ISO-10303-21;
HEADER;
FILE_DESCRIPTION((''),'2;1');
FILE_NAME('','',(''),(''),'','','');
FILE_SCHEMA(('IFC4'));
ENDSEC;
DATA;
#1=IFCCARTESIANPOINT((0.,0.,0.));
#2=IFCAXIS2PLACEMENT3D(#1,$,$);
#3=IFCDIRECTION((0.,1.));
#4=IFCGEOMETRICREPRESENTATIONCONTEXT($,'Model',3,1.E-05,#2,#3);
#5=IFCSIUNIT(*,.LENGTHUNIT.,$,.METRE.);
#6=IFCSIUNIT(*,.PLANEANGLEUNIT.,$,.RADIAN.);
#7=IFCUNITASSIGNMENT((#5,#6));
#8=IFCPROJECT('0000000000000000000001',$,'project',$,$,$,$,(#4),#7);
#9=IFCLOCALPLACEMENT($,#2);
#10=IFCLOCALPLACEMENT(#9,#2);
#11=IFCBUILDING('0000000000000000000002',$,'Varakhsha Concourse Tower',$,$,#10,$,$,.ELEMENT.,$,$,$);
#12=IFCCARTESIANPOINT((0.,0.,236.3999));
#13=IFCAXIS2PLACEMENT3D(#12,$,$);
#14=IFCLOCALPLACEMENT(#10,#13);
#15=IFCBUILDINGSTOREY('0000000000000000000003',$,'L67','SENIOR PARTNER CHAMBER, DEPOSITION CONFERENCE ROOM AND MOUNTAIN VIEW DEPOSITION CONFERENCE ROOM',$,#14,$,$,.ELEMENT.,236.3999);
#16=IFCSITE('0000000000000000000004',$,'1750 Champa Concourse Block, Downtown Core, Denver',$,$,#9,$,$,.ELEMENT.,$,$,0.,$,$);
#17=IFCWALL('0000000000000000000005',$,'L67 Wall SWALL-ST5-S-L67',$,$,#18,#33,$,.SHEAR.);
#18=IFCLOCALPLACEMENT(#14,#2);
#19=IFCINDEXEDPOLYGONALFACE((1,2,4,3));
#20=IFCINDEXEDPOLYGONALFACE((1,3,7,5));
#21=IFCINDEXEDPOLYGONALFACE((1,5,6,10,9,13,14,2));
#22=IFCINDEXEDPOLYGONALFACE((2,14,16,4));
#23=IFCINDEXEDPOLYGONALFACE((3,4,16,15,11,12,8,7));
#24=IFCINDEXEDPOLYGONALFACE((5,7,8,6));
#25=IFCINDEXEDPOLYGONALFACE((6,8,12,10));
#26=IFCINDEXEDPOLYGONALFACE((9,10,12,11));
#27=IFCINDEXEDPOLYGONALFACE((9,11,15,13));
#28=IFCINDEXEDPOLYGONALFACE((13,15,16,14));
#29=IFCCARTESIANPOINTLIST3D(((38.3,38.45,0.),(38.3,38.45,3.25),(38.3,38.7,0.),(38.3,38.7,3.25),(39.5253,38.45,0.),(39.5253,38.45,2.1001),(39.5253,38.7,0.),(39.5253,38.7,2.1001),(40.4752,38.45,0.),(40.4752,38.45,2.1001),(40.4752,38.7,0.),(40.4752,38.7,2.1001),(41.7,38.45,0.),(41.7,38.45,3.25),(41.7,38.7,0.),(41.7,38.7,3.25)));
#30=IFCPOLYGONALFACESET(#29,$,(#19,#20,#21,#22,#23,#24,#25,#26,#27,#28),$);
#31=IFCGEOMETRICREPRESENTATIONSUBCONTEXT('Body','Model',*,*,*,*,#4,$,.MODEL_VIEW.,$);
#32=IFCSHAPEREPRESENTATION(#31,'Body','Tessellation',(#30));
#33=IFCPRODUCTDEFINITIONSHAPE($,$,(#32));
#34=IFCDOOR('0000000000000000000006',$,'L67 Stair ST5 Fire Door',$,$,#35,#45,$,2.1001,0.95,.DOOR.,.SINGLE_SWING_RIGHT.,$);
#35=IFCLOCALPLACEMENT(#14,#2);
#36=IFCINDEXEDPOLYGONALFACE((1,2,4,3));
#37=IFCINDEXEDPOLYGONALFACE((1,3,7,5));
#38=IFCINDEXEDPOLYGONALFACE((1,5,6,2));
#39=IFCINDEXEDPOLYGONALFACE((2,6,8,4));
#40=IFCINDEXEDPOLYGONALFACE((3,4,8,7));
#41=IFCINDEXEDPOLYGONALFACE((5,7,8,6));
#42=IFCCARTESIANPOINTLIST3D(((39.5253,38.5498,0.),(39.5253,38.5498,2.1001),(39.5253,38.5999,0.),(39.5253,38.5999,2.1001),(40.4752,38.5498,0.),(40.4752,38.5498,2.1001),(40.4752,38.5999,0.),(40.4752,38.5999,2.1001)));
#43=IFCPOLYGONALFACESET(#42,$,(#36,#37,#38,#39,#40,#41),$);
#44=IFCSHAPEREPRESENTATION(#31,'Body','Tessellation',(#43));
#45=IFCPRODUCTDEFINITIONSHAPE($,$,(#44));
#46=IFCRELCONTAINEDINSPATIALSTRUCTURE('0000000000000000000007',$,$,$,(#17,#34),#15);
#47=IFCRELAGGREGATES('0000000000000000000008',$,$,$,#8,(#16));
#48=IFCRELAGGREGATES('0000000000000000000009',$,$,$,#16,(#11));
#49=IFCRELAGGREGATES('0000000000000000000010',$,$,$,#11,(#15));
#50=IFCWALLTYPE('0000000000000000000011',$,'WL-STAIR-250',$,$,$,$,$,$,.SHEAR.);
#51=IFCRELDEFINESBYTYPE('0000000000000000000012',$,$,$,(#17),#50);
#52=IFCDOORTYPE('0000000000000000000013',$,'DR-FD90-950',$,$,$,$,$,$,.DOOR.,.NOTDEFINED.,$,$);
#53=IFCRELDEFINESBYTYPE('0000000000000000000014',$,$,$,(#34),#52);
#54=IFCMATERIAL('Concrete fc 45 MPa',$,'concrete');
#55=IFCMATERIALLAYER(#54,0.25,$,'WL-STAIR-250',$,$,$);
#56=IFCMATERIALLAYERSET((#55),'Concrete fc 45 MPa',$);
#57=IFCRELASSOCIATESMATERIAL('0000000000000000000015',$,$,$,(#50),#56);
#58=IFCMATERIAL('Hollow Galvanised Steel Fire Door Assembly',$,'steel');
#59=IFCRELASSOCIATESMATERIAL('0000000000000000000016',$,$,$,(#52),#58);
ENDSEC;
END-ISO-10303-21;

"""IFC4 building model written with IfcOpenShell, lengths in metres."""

from ifc_helpers import new_model, si_unit, direction, frame, frame_2d, origin, place, context, subcontext, project, spatial, rectangle, extrude, material, layer, layer_set, type_object, element, fill, save


model = new_model("IFC4")

# Units and contexts
model_context = context("Model", 3, precision=1e-05, world=origin(), true_north=direction((0.0, 1.0)))
body_context = subcontext(model_context, "Body", "Model", "MODEL_VIEW")
ifc_project = project(units=[si_unit("LENGTHUNIT", "METRE"), si_unit("PLANEANGLEUNIT", "RADIAN")], contexts=[model_context])

# Site, building, storey
site_placement = place(None, origin())
site = spatial("IfcSite", under=ifc_project, at=site_placement, Name="1750 Champa Concourse Block, Downtown Core, Denver", CompositionType="ELEMENT", RefElevation=0.0)
building_placement = place(site_placement, origin())
building = spatial("IfcBuilding", under=site, at=building_placement, Name="Varakhsha Concourse Tower", CompositionType="ELEMENT")
storey_placement = place(building_placement, frame((0.0, 0.0, 236.3999)))
storey = spatial("IfcBuildingStorey", under=building, at=storey_placement, Name="L67", Description="SENIOR PARTNER CHAMBER, DEPOSITION CONFERENCE ROOM AND MOUNTAIN VIEW DEPOSITION CONFERENCE ROOM", CompositionType="ELEMENT", Elevation=236.3999)

# Shared definitions
ifc_material_1 = material(Name="Hollow Galvanised Steel Fire Door Assembly", Category="steel")

# Shared definitions
ifc_material_2 = material(Name="Concrete fc 45 MPa", Category="concrete")
ifc_layer_1 = layer(ifc_material_2, 0.25, Name="WL-STAIR-250")
ifc_layer_set_1 = layer_set([ifc_layer_1], Name="Concrete fc 45 MPa")
wall_type_1 = type_object("IfcWallType", Name="WL-STAIR-250", PredefinedType="SHEAR", material=ifc_layer_set_1)

# Wall, opening, door
wall_1_placement = place(storey_placement, frame((38.3, 38.575, 0.0), z_axis=(0.0, 0.0, 1.0), x_axis=(1.0, 0.0, 0.0)))
wall_1 = element("IfcWall", 1, at=wall_1_placement, inside=storey, type_object=wall_type_1, Name="L67 Wall SWALL-ST5-S-L67", PredefinedType="SHEAR", context=body_context, shape_type="SweptSolid", body=[
    extrude(rectangle(XDim=3.3999, YDim=0.25, at=frame_2d((1.7, 0.0))), origin(), (0.0, 0.0, 1.0), 3.25),
])
opening_1_placement = place(wall_1_placement, frame((1.2251, 0.0, 0.0)))
opening_1 = element("IfcOpeningElement", 2, at=opening_1_placement, cuts=wall_1, PredefinedType="OPENING", context=body_context, shape_type="SweptSolid", body=[
    extrude(rectangle(XDim=0.95, YDim=2.1001, at=frame_2d((0.4751, 1.05))), frame((0.0, 0.135, 0.0), z_axis=(0.0, -1.0, 0.0), x_axis=(1.0, 0.0, 0.0)), (0.0, 0.0, 1.0), 0.27),
])
door_type_1 = type_object("IfcDoorType", Name="DR-FD90-950", OperationType="NOTDEFINED", PredefinedType="DOOR", material=ifc_material_1)
door_1_placement = place(opening_1_placement, origin())
door_1 = element("IfcDoor", 3, at=door_1_placement, inside=storey, type_object=door_type_1, Name="L67 Stair ST5 Fire Door", OperationType="SINGLE_SWING_RIGHT", OverallHeight=2.1001, OverallWidth=0.95, PredefinedType="DOOR", context=body_context, shape_type="SweptSolid", body=[
    extrude(rectangle(XDim=0.95, YDim=2.1001, at=frame_2d((0.4751, 1.05))), frame((0.0, 0.0249, 0.0), z_axis=(0.0, -1.0, 0.0), x_axis=(1.0, 0.0, 0.0)), (0.0, 0.0, 1.0), 0.05),
])
fill(opening_1, door_1)

save(model, "model.ifc")
